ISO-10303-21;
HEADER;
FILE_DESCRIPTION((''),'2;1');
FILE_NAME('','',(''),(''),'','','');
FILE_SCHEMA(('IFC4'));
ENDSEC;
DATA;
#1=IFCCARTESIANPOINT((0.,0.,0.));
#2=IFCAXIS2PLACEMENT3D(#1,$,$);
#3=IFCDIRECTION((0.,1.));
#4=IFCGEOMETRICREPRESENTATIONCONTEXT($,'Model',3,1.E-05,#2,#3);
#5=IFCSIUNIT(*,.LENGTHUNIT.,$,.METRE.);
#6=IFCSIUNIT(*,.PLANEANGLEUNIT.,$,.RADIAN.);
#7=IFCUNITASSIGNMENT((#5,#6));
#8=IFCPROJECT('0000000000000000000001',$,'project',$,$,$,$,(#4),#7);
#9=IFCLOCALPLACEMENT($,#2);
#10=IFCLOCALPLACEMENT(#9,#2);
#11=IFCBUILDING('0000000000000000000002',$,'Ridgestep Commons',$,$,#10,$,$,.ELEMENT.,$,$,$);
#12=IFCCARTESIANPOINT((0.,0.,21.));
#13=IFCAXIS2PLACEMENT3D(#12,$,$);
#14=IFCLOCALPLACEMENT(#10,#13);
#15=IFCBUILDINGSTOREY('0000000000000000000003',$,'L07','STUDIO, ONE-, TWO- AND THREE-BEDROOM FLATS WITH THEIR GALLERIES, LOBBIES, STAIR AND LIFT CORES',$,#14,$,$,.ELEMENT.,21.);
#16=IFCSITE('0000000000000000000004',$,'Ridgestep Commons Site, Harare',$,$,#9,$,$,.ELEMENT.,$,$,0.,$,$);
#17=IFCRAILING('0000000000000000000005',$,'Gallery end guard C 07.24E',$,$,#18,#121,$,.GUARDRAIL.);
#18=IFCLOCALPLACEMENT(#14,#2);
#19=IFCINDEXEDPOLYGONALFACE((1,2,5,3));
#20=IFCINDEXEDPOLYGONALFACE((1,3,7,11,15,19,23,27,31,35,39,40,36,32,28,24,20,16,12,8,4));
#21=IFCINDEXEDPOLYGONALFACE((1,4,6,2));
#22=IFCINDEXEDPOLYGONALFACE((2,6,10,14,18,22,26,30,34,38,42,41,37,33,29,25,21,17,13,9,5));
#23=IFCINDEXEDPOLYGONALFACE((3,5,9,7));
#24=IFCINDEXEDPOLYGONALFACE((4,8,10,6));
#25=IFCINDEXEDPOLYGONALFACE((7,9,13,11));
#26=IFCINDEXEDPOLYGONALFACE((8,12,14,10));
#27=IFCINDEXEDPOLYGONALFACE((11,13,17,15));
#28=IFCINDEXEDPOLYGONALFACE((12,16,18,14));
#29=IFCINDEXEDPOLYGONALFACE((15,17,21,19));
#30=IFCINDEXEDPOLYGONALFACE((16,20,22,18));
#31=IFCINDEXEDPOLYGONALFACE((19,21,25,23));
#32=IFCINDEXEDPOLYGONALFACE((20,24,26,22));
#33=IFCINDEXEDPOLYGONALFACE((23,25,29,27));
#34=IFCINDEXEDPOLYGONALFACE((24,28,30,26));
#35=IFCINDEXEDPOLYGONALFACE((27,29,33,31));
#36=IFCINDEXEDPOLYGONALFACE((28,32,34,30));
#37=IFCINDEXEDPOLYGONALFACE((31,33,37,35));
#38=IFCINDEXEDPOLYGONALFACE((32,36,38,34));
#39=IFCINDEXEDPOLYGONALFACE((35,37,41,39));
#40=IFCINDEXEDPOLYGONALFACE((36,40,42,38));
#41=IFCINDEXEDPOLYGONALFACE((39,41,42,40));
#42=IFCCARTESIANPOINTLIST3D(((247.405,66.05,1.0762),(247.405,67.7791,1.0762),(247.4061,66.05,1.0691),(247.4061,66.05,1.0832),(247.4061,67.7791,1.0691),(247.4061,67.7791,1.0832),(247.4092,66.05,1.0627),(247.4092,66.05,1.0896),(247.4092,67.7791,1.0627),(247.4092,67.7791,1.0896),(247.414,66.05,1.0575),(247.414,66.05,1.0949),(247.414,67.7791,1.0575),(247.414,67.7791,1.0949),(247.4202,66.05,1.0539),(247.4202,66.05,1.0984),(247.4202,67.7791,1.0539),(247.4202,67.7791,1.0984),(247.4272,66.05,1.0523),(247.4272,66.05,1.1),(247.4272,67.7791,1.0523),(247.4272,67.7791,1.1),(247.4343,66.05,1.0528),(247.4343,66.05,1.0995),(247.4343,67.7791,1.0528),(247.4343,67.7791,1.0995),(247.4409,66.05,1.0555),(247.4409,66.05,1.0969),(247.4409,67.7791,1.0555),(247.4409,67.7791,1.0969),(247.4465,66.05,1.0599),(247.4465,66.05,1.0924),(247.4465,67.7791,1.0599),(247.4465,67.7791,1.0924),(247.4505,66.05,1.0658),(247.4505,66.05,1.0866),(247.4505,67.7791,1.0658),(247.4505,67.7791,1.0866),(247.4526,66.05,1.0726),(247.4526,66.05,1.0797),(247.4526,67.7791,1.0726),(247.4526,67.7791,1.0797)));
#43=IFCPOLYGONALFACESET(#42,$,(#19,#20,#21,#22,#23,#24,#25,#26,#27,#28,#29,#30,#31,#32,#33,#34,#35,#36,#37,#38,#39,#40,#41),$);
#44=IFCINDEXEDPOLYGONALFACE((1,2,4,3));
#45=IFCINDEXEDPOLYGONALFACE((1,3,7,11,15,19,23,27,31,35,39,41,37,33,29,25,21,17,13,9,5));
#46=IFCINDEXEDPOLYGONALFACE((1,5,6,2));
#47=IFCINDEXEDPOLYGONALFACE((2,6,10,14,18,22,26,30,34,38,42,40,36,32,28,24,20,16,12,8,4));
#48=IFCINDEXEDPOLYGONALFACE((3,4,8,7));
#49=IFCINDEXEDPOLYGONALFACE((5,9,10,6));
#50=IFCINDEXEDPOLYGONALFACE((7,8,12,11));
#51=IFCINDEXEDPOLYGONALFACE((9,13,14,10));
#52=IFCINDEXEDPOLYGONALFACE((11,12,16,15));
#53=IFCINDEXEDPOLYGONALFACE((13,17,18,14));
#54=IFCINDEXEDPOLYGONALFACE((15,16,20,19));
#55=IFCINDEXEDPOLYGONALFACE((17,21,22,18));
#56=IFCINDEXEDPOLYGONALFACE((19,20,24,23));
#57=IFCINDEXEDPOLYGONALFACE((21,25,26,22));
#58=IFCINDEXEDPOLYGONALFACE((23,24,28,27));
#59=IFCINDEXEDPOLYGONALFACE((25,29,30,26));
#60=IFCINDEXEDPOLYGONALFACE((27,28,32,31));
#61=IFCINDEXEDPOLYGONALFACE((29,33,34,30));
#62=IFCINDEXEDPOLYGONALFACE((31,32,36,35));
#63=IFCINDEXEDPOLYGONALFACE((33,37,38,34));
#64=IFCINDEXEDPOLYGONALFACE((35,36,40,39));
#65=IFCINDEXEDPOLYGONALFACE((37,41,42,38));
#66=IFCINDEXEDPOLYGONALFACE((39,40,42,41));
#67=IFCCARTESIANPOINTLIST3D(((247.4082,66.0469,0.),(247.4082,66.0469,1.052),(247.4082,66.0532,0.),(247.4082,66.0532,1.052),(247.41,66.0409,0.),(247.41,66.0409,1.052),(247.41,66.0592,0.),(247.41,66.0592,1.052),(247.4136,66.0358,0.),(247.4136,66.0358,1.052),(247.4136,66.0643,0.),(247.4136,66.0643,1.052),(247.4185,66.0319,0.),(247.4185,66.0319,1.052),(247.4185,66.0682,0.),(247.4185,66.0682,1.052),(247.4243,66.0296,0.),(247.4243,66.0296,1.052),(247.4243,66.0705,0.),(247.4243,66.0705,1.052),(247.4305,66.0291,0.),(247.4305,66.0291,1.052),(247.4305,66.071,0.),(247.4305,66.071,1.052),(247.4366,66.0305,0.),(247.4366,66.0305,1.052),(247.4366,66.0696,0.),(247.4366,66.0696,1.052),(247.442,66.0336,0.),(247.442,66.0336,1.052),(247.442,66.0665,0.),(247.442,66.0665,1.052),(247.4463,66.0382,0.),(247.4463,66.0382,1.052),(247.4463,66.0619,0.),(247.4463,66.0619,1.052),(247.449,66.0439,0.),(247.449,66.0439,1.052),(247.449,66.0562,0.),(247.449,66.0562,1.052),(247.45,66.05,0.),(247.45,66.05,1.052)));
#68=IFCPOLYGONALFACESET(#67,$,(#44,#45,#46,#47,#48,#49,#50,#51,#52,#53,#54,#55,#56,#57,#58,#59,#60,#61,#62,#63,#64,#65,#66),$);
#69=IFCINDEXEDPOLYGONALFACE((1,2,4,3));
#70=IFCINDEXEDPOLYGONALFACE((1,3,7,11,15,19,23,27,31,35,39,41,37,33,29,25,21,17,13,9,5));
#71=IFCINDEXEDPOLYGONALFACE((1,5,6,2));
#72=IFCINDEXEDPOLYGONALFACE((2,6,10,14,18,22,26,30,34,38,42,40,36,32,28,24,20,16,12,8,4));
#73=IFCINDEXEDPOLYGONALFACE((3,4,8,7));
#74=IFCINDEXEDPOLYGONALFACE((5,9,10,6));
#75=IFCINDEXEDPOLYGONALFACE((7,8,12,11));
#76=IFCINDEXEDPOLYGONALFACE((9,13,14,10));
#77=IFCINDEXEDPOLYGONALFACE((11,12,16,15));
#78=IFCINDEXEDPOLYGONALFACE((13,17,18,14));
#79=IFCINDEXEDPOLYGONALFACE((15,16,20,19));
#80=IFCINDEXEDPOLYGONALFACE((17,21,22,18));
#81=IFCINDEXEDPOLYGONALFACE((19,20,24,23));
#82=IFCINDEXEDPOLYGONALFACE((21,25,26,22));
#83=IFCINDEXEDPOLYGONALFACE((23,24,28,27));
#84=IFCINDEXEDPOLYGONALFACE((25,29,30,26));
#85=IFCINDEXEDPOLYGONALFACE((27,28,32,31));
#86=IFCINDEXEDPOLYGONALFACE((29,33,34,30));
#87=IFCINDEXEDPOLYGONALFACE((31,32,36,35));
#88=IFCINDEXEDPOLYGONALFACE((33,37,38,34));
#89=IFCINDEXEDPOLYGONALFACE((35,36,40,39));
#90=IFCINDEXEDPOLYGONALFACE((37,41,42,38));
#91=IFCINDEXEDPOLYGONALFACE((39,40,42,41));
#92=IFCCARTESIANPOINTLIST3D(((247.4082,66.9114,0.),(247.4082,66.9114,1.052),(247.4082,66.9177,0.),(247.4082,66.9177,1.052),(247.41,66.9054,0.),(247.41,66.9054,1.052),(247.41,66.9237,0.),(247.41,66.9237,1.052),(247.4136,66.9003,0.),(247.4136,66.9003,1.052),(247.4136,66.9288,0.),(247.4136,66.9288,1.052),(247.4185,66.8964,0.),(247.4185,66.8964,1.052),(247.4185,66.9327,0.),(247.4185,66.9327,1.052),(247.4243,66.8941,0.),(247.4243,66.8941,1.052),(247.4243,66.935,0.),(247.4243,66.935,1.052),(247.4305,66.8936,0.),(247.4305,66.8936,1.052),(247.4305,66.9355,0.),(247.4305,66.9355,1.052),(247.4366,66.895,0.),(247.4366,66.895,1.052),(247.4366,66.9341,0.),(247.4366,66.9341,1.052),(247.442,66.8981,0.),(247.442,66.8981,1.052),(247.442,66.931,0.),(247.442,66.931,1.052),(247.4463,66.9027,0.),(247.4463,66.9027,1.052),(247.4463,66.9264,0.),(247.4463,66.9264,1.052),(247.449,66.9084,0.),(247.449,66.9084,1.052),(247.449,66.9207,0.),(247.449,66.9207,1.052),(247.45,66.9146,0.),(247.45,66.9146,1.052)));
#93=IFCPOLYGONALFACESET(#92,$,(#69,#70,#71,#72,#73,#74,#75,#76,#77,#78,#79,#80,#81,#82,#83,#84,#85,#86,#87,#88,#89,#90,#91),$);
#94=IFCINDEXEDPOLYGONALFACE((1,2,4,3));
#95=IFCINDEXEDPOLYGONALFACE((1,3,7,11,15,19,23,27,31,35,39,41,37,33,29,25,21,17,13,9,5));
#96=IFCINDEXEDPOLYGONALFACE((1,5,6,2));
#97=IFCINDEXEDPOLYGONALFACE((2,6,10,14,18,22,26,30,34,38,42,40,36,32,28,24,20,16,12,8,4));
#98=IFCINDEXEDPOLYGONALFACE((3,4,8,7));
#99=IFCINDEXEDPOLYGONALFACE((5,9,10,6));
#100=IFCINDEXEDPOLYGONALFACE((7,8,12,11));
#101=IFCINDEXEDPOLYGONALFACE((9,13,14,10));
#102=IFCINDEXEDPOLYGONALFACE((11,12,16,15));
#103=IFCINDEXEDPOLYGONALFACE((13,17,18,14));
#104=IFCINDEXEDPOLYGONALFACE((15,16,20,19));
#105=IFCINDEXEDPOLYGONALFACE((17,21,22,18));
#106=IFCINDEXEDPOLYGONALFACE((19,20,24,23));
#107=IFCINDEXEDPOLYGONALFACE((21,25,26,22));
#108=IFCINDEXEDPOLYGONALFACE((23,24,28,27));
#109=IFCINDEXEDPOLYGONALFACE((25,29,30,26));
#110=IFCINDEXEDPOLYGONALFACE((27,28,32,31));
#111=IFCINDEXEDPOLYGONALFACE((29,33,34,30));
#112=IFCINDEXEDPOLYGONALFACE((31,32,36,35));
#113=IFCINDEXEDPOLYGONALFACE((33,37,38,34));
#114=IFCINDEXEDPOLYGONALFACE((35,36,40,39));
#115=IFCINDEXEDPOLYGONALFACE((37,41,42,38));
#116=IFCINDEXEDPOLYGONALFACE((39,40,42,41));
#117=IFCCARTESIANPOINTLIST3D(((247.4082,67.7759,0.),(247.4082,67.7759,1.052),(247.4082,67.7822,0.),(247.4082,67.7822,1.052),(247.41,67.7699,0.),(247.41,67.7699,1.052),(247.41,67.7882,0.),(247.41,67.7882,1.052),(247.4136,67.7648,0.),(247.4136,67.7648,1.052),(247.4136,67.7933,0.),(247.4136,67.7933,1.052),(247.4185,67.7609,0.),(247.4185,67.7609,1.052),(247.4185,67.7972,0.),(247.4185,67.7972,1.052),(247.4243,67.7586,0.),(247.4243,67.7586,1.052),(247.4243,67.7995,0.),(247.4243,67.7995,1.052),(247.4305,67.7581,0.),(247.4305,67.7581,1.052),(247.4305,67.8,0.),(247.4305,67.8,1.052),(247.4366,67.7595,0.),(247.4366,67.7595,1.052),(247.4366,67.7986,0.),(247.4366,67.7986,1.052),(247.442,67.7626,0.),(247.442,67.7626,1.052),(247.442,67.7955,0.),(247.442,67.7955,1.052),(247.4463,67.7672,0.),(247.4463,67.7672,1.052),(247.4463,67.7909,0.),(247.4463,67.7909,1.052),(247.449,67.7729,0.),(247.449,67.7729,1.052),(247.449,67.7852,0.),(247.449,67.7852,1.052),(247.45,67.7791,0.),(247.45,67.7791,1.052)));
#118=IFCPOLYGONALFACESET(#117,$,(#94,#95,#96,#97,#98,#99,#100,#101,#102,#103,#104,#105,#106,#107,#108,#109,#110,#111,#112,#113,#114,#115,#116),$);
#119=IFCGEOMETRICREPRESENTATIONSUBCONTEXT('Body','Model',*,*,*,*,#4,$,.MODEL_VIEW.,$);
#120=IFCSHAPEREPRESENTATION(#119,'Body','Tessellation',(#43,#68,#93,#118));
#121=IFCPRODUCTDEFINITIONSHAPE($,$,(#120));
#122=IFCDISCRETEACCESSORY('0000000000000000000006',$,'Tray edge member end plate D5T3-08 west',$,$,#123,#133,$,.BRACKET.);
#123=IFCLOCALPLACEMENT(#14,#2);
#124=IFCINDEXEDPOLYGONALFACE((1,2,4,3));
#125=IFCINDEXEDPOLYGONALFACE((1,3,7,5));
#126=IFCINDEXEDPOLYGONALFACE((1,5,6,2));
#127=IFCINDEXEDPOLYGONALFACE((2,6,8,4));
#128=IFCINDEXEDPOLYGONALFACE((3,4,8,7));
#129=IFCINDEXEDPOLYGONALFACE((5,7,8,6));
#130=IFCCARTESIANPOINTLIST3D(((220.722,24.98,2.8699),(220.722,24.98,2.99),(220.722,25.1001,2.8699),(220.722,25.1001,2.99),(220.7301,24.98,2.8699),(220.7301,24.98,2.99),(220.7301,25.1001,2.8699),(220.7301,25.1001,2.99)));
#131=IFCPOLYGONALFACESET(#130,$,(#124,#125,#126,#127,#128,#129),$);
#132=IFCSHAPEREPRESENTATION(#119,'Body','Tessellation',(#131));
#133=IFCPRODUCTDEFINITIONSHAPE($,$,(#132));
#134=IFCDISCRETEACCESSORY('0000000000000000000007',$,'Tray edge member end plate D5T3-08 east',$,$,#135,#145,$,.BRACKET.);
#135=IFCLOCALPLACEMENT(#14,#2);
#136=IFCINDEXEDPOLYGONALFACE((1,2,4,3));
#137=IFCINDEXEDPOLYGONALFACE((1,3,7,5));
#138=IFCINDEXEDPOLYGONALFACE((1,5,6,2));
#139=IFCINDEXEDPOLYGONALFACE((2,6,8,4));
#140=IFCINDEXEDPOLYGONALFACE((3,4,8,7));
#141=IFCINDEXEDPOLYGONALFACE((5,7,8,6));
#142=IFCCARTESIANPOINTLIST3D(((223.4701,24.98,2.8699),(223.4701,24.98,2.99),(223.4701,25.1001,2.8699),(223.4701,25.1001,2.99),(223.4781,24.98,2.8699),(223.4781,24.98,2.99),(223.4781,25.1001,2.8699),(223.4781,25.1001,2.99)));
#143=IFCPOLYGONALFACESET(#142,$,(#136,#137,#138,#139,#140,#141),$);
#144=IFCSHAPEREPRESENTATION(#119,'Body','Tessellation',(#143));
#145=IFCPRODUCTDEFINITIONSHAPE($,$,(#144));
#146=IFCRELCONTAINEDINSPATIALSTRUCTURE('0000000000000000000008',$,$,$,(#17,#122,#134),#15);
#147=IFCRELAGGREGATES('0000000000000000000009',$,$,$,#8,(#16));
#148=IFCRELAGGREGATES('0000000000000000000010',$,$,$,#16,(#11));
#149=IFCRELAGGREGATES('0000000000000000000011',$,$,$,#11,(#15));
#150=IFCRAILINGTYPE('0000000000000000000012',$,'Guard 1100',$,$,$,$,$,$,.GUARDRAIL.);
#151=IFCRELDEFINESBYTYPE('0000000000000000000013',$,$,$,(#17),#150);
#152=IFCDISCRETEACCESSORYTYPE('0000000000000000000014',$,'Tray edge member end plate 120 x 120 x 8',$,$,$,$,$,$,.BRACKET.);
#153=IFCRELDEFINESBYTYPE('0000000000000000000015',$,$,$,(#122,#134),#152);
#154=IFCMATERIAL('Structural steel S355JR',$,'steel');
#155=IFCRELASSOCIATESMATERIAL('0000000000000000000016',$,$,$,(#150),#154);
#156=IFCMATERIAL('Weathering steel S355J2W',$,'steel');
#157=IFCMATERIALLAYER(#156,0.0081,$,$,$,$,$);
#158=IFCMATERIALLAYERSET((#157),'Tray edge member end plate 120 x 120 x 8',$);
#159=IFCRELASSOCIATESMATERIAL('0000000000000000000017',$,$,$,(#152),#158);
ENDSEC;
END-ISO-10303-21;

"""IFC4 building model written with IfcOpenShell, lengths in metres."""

from ifc_helpers import new_model, si_unit, direction, frame, origin, origin_2d, place, context, subcontext, project, spatial, rectangle, circle, extrude, material, layer, layer_set, type_object, element, save


model = new_model("IFC4")

# Units and contexts
model_context = context("Model", 3, precision=1e-05, world=origin(), true_north=direction((0.0, 1.0)))
body_context = subcontext(model_context, "Body", "Model", "MODEL_VIEW")
ifc_project = project(units=[si_unit("LENGTHUNIT", "METRE"), si_unit("PLANEANGLEUNIT", "RADIAN")], contexts=[model_context])

# Site, building, storey
site_placement = place(None, origin())
site = spatial("IfcSite", under=ifc_project, at=site_placement, Name="Ridgestep Commons Site, Harare", CompositionType="ELEMENT", RefElevation=0.0)
building_placement = place(site_placement, origin())
building = spatial("IfcBuilding", under=site, at=building_placement, Name="Ridgestep Commons", CompositionType="ELEMENT")
storey_placement = place(building_placement, frame((0.0, 0.0, 21.0)))
storey = spatial("IfcBuildingStorey", under=building, at=storey_placement, Name="L07", Description="STUDIO, ONE-, TWO- AND THREE-BEDROOM FLATS WITH THEIR GALLERIES, LOBBIES, STAIR AND LIFT CORES", CompositionType="ELEMENT", Elevation=21.0)

# Railing
ifc_material_1 = material(Name="Structural steel S355JR", Category="steel")
railing_type = type_object("IfcRailingType", Name="Guard 1100", PredefinedType="GUARDRAIL", material=ifc_material_1)
railing_1_placement = place(storey_placement, frame((247.429, 66.05, 0.0)))
element("IfcRailing", 1, at=railing_1_placement, inside=storey, type_object=railing_type, Name="Gallery end guard C 07.24E", PredefinedType="GUARDRAIL", context=body_context, shape_type="SweptSolid", body=[
    extrude(circle(Radius=0.0239, at=origin_2d()), frame((0.0, 0.0, 1.0762), z_axis=(0.0, 1.0, 0.0), x_axis=(-1.0, 0.0, 0.0)), (0.0, 0.0, 1.0), 1.729),
    extrude(circle(Radius=0.021, at=origin_2d()), origin(), (0.0, 0.0, 1.0), 1.052),
    extrude(circle(Radius=0.021, at=origin_2d()), frame((0.0, 0.8645, 0.0)), (0.0, 0.0, 1.0), 1.052),
    extrude(circle(Radius=0.021, at=origin_2d()), frame((0.0, 1.729, 0.0)), (0.0, 0.0, 1.0), 1.052),
])

# Discrete accessories
ifc_material_2 = material(Name="Weathering steel S355J2W", Category="steel")
ifc_layer_1 = layer(ifc_material_2, 0.0081)
ifc_layer_set_1 = layer_set([ifc_layer_1], Name="Tray edge member end plate 120 x 120 x 8")
discrete_accessory_type = type_object("IfcDiscreteAccessoryType", Name="Tray edge member end plate 120 x 120 x 8", PredefinedType="BRACKET", material=ifc_layer_set_1)
for number, where, z_axis, x_axis, name in (
    (2, (220.7261, 25.04, 2.8699), (0.0, 0.0, 1.0), (1.0, 0.0, 0.0), "Tray edge member end plate D5T3-08 west"),
    (3, (223.4741, 25.04, 2.8699), (0.0, 0.0, 1.0), (1.0, 0.0, 0.0), "Tray edge member end plate D5T3-08 east"),
):
    element("IfcDiscreteAccessory", number, at=place(storey_placement, frame(where, z_axis=z_axis, x_axis=x_axis)), inside=storey, type_object=discrete_accessory_type, Name=name, PredefinedType="BRACKET", context=body_context, shape_type="SweptSolid", body=[
        extrude(rectangle(XDim=0.0081, YDim=0.1201, at=origin_2d()), origin(), (0.0, 0.0, 1.0), 0.1201),
    ])

save(model, "model.ifc")
